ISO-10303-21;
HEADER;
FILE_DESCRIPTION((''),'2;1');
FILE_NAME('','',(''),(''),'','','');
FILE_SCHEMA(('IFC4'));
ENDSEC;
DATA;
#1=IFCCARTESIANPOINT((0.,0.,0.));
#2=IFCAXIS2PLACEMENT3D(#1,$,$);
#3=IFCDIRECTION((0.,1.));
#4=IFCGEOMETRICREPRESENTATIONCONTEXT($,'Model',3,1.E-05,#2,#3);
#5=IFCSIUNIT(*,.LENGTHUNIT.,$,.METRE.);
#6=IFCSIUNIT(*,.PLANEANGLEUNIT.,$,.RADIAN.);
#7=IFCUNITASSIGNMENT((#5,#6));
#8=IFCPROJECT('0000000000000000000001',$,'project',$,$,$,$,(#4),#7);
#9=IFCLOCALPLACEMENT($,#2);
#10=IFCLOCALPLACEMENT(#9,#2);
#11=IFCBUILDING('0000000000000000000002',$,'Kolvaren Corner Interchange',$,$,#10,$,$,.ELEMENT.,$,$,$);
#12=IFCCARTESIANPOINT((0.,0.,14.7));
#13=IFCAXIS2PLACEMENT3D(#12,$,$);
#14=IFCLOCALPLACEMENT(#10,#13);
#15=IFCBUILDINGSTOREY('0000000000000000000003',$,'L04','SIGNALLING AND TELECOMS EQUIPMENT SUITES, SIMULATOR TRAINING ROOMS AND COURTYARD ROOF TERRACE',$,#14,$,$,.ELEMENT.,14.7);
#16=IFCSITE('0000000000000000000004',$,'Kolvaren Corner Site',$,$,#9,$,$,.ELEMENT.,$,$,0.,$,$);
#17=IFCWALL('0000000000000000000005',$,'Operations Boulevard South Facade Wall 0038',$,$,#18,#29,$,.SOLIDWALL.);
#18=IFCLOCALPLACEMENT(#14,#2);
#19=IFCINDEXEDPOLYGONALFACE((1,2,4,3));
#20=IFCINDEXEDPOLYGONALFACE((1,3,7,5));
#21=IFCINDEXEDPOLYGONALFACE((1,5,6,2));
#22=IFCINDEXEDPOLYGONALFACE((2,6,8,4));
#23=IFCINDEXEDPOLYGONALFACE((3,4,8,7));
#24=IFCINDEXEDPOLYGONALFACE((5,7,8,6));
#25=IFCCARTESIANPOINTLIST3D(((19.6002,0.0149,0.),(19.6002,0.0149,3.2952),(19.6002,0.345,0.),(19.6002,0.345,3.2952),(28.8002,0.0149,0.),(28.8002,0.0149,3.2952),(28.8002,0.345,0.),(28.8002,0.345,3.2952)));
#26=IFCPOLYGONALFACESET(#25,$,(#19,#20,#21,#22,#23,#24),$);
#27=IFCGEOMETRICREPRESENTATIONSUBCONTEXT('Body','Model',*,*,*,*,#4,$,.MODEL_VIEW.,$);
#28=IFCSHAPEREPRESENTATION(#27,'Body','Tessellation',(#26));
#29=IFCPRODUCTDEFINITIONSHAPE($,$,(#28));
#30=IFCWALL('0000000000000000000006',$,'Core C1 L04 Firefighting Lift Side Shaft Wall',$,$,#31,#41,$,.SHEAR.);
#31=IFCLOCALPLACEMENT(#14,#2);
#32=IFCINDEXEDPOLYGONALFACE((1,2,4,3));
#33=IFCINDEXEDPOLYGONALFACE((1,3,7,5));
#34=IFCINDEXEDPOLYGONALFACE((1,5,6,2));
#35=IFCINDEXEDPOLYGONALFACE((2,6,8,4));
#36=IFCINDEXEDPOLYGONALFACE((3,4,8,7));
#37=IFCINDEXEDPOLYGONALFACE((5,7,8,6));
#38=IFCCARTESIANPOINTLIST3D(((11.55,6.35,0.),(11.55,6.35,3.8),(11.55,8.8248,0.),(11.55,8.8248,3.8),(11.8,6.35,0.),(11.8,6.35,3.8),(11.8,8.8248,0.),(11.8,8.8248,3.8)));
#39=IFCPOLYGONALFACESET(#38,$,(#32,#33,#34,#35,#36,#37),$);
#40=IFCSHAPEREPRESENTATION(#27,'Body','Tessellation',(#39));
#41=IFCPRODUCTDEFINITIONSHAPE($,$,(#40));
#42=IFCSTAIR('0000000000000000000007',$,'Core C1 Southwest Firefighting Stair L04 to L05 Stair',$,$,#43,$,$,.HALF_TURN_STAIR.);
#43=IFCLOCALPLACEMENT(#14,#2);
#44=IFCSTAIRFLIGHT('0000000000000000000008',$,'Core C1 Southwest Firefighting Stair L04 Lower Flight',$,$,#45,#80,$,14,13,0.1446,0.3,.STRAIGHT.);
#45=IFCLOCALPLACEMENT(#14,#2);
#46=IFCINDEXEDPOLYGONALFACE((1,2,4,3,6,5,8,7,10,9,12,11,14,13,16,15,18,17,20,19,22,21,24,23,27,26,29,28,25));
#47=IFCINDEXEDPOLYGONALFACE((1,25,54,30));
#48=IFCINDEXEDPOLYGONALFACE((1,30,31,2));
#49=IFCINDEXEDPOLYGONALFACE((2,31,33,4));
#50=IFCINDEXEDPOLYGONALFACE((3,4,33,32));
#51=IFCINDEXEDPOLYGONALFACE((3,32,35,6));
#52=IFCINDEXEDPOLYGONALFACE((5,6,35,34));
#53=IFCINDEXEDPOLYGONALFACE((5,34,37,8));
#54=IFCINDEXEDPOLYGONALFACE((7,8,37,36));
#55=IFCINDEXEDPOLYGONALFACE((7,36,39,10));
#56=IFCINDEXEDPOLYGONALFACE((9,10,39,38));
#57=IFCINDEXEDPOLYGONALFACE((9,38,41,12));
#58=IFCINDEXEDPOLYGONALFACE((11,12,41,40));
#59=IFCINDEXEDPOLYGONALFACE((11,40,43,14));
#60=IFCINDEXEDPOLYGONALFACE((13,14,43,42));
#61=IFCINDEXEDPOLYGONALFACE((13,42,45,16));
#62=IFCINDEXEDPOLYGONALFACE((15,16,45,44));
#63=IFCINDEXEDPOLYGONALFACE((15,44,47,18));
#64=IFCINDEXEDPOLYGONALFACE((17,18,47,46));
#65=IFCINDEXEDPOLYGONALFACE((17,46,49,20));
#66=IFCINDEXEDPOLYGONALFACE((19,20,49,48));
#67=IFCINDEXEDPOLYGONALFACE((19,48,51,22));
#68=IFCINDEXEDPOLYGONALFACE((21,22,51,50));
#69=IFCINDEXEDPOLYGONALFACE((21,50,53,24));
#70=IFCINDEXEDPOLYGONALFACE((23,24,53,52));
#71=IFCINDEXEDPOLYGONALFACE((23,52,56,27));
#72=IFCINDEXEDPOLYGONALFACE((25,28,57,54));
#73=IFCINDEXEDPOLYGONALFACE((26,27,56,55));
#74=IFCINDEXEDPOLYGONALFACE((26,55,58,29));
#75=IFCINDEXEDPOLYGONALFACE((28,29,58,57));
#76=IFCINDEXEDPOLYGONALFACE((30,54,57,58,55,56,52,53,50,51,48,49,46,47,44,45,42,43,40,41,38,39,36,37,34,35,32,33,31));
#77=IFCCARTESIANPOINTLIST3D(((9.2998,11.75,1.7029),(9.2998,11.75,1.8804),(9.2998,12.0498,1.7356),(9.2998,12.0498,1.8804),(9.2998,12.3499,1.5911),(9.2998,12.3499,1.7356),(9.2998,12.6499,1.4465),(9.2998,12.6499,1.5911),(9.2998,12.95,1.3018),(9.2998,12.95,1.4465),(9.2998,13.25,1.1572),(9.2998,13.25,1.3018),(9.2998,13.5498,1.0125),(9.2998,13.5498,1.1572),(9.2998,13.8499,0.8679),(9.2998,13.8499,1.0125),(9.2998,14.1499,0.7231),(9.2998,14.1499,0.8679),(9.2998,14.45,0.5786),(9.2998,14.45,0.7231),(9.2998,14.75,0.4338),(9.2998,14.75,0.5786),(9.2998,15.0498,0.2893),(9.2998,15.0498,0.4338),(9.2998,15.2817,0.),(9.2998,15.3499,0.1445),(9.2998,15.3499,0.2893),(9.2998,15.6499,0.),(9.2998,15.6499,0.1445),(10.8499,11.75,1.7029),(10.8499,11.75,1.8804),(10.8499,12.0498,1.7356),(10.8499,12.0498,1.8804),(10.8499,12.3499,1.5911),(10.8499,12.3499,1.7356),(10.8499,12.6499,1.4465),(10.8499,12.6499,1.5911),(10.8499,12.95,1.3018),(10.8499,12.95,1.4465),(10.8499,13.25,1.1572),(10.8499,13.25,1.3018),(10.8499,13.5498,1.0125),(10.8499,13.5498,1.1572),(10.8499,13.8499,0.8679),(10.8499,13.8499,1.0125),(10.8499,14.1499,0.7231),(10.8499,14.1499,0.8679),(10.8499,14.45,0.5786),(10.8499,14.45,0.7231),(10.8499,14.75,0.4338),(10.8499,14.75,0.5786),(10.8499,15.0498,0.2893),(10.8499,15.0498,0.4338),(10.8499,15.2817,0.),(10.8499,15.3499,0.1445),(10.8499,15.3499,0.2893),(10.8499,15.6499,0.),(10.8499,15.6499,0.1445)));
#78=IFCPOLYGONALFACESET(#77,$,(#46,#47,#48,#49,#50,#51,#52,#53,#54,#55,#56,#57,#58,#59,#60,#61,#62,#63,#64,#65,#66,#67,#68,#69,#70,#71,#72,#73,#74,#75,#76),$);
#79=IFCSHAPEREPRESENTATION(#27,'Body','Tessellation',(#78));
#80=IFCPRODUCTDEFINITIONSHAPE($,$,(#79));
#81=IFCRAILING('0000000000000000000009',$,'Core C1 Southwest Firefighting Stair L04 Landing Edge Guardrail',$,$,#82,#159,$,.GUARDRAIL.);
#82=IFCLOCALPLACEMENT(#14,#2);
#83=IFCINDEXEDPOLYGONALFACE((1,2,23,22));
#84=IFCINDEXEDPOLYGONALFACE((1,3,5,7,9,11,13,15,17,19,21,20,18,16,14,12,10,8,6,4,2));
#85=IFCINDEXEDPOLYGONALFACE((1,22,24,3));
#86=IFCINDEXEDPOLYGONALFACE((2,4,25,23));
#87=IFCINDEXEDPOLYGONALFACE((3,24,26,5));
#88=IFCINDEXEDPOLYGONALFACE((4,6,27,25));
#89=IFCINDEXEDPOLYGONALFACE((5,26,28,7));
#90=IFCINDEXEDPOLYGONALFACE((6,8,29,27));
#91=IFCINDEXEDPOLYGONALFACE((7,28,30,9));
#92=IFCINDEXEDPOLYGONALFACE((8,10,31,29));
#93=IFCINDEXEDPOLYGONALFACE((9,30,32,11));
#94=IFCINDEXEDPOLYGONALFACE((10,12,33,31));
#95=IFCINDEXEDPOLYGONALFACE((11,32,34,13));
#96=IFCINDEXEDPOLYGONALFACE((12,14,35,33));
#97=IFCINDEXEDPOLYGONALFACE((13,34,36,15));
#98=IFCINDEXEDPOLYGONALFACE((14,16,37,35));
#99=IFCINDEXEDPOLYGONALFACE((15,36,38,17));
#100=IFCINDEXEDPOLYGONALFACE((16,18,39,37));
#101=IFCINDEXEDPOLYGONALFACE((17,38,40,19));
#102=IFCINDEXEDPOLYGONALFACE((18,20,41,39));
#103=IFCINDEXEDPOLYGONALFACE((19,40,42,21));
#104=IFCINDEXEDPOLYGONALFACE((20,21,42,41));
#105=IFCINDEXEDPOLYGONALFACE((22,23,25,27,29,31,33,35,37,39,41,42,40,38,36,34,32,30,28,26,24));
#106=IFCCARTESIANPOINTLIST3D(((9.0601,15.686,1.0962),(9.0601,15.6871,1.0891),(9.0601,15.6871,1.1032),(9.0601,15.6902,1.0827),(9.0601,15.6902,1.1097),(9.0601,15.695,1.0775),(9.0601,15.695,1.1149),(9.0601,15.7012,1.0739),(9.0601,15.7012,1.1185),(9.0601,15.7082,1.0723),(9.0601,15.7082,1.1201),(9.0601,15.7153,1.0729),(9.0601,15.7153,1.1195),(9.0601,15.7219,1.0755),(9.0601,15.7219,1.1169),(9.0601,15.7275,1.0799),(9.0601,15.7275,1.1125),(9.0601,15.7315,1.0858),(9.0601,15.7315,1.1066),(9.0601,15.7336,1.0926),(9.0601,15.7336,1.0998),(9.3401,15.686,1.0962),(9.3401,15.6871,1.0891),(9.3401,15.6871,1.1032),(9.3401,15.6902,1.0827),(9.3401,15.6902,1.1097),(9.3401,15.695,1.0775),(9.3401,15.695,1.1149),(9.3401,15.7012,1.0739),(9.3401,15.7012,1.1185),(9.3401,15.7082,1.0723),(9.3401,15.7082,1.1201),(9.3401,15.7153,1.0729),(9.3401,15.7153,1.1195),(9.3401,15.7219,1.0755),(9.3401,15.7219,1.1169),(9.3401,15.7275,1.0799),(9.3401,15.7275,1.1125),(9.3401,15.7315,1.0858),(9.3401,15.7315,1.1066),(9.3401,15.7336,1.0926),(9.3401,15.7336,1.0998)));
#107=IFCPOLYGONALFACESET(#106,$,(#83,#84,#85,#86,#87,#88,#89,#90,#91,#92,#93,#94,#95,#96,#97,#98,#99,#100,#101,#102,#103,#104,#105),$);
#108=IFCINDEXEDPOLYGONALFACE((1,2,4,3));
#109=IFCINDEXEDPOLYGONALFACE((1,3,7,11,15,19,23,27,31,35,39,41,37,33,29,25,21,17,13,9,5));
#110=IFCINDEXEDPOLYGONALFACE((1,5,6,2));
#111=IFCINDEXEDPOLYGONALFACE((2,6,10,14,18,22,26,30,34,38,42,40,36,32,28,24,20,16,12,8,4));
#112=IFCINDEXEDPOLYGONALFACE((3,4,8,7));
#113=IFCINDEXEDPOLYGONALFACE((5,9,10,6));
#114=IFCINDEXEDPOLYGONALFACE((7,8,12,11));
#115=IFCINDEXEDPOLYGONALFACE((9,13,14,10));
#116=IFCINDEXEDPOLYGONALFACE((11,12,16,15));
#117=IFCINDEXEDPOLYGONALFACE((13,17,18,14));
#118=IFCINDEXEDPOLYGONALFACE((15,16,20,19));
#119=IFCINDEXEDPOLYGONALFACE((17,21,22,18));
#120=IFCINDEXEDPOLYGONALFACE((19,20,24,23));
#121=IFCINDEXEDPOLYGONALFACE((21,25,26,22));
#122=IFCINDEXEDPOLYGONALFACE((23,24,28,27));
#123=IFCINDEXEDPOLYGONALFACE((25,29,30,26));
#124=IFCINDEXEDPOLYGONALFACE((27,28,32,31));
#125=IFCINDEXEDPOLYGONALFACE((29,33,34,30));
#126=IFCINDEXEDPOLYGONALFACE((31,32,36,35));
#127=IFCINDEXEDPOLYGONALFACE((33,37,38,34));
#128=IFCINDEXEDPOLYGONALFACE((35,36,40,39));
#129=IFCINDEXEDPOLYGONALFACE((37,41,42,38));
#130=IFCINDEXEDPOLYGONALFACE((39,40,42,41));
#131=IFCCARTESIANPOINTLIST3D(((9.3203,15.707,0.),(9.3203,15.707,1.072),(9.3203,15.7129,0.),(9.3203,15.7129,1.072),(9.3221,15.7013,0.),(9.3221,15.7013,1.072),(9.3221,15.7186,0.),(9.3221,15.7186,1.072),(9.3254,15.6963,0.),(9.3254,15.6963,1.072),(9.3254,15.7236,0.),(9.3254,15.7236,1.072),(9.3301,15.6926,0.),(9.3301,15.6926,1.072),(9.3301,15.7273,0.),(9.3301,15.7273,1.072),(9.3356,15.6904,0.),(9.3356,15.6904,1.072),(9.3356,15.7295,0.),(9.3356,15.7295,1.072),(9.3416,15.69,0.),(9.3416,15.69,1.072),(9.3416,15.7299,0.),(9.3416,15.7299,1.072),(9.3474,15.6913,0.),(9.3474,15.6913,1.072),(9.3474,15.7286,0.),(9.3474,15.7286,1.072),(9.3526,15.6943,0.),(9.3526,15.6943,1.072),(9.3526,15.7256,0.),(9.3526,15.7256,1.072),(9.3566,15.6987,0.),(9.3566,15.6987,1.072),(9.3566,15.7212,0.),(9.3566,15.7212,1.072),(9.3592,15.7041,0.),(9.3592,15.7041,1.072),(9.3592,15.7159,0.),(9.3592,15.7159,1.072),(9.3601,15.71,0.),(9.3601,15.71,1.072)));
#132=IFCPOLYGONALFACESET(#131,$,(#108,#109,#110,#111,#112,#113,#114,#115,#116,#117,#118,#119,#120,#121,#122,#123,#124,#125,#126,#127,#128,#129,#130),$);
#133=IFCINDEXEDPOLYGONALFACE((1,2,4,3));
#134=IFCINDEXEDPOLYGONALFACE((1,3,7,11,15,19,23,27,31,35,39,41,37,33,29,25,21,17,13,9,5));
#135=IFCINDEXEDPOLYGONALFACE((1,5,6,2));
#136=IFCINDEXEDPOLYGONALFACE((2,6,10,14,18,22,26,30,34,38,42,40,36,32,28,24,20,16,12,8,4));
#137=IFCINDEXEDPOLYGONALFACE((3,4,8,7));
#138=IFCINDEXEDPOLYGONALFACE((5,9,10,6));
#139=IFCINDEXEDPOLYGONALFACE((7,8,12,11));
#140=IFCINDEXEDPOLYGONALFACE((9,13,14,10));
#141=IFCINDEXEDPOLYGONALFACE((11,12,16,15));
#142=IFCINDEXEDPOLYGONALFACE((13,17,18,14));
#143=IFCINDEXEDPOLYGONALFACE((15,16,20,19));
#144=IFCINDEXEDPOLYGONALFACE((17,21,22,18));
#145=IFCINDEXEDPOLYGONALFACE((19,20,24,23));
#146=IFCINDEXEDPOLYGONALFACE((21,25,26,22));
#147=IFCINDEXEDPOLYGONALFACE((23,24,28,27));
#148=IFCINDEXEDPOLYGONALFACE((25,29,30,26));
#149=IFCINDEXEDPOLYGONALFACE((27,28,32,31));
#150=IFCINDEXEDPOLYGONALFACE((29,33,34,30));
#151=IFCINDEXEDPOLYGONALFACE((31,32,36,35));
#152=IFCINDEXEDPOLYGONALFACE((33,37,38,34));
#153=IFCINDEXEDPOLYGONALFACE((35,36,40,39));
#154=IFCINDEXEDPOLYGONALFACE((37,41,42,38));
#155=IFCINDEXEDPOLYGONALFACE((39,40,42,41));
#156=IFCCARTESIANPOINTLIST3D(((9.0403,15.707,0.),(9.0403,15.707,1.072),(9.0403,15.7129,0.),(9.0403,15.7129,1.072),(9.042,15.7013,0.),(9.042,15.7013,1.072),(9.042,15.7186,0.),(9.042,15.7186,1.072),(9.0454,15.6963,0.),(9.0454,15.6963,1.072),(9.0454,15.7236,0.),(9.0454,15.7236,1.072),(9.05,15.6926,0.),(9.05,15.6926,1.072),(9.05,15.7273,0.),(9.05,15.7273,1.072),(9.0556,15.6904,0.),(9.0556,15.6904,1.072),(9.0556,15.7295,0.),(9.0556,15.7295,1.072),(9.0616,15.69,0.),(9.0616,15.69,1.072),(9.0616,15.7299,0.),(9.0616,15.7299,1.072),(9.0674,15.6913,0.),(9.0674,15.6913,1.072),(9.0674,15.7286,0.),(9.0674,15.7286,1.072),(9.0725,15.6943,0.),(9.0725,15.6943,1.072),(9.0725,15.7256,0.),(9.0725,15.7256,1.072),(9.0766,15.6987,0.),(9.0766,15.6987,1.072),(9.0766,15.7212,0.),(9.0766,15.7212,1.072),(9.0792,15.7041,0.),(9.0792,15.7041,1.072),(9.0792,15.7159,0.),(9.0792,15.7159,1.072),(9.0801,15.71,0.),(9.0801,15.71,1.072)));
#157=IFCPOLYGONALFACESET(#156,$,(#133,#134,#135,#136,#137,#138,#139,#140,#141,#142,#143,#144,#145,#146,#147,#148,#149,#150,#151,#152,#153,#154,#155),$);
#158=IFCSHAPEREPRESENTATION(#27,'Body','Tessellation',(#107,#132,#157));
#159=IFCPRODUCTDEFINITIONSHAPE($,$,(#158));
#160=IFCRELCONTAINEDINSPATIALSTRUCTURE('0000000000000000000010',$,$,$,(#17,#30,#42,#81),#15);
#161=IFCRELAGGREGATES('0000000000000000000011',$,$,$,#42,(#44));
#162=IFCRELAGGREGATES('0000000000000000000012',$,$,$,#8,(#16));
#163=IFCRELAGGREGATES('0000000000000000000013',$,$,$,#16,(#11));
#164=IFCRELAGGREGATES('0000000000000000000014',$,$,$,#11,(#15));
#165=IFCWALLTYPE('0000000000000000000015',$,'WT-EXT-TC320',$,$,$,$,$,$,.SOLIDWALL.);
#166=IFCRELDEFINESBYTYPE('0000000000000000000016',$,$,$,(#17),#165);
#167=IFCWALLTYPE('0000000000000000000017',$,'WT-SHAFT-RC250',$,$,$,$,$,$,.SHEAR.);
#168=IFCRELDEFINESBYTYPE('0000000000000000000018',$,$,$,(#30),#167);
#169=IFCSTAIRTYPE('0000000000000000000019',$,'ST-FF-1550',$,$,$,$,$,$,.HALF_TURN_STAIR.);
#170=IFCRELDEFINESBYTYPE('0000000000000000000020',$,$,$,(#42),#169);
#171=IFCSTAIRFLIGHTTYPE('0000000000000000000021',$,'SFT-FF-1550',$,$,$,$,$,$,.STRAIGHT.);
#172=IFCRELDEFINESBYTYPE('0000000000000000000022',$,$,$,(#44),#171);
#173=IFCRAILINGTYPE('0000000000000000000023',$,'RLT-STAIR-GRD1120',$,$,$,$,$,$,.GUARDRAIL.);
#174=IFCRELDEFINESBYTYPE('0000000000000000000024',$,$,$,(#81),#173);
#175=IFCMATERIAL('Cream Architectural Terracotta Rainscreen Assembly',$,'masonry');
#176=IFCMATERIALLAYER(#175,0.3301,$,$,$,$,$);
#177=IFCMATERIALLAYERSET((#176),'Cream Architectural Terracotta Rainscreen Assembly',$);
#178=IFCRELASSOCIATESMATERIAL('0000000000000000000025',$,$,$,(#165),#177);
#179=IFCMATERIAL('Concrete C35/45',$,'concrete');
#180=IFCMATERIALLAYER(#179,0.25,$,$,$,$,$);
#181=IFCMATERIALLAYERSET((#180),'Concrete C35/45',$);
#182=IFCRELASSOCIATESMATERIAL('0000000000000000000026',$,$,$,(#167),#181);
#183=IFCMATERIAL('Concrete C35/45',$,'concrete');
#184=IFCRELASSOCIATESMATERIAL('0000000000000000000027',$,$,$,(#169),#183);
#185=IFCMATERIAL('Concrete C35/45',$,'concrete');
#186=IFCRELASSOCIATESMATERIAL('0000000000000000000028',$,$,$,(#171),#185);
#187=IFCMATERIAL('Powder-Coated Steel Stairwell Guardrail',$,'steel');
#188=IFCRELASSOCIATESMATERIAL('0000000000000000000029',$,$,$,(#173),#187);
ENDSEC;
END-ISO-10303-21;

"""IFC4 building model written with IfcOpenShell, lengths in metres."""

from ifc_helpers import new_model, si_unit, direction, frame, frame_2d, origin, origin_2d, place, context, subcontext, project, spatial, polyline, rectangle, circle, outline, extrude, material, layer, layer_set, type_object, element, aggregate, save


model = new_model("IFC4")

# Units and contexts
model_context = context("Model", 3, precision=1e-05, world=origin(), true_north=direction((0.0, 1.0)))
body_context = subcontext(model_context, "Body", "Model", "MODEL_VIEW")
ifc_project = project(units=[si_unit("LENGTHUNIT", "METRE"), si_unit("PLANEANGLEUNIT", "RADIAN")], contexts=[model_context])

# Site, building, storey
site_placement = place(None, origin())
site = spatial("IfcSite", under=ifc_project, at=site_placement, Name="Kolvaren Corner Site", CompositionType="ELEMENT", RefElevation=0.0)
building_placement = place(site_placement, origin())
building = spatial("IfcBuilding", under=site, at=building_placement, Name="Kolvaren Corner Interchange", CompositionType="ELEMENT")
storey_placement = place(building_placement, frame((0.0, 0.0, 14.7)))
storey = spatial("IfcBuildingStorey", under=building, at=storey_placement, Name="L04", Description="SIGNALLING AND TELECOMS EQUIPMENT SUITES, SIMULATOR TRAINING ROOMS AND COURTYARD ROOF TERRACE", CompositionType="ELEMENT", Elevation=14.7)

# Wall
ifc_material_1 = material(Name="Cream Architectural Terracotta Rainscreen Assembly", Category="masonry")
ifc_layer_1 = layer(ifc_material_1, 0.3301)
ifc_layer_set_1 = layer_set([ifc_layer_1], Name="Cream Architectural Terracotta Rainscreen Assembly")
wall_type_1 = type_object("IfcWallType", Name="WT-EXT-TC320", PredefinedType="SOLIDWALL", material=ifc_layer_set_1)
wall_1_placement = place(storey_placement, frame((19.6001, 0.1799, 0.0), z_axis=(0.0, 0.0, 1.0), x_axis=(1.0, 0.0, 0.0)))
element("IfcWall", 1, at=wall_1_placement, inside=storey, type_object=wall_type_1, Name="Operations Boulevard South Facade Wall 0038", PredefinedType="SOLIDWALL", context=body_context, shape_type="SweptSolid", body=[
    extrude(rectangle(XDim=9.2, YDim=0.3301, at=frame_2d((4.6001, 0.0))), origin(), (0.0, 0.0, 1.0), 3.2952),
])

# Shared definitions
ifc_material_2 = material(Name="Concrete C35/45", Category="concrete")
ifc_layer_2 = layer(ifc_material_2, 0.25)
ifc_layer_set_2 = layer_set([ifc_layer_2], Name="Concrete C35/45")
wall_type_2 = type_object("IfcWallType", Name="WT-SHAFT-RC250", PredefinedType="SHEAR", material=ifc_layer_set_2)

# Wall
wall_2_placement = place(storey_placement, frame((11.675, 6.3501, 0.0), z_axis=(0.0, 0.0, 1.0), x_axis=(0.0, 1.0, 0.0)))
element("IfcWall", 2, at=wall_2_placement, inside=storey, type_object=wall_type_2, Name="Core C1 L04 Firefighting Lift Side Shaft Wall", PredefinedType="SHEAR", context=body_context, shape_type="SweptSolid", body=[
    extrude(rectangle(XDim=2.4749, YDim=0.25, at=frame_2d((1.2373, 0.0))), origin(), (0.0, 0.0, 1.0), 3.8),
])

# Stair, stair flight
ifc_material_3 = material(Name="Concrete C35/45", Category="concrete")
stair_type = type_object("IfcStairType", Name="ST-FF-1550", PredefinedType="HALF_TURN_STAIR", material=ifc_material_3)
stair_placement = place(storey_placement, origin())
stair = element("IfcStair", 3, at=stair_placement, inside=storey, type_object=stair_type, Name="Core C1 Southwest Firefighting Stair L04 to L05 Stair", PredefinedType="HALF_TURN_STAIR")
ifc_material_4 = material(Name="Concrete C35/45", Category="concrete")
stair_flight_type = type_object("IfcStairFlightType", Name="SFT-FF-1550", PredefinedType="STRAIGHT", material=ifc_material_4)
stair_flight_placement = place(storey_placement, frame((10.075, 15.6499, 0.0), z_axis=(0.0, 0.0, 1.0), x_axis=(0.0, -1.0, 0.0)))
stair_flight = element("IfcStairFlight", 4, at=stair_flight_placement, type_object=stair_flight_type, Name="Core C1 Southwest Firefighting Stair L04 Lower Flight", NumberOfRisers=14, NumberOfTreads=13, PredefinedType="STRAIGHT", RiserHeight=0.1446, TreadLength=0.3, context=body_context, shape_type="SweptSolid", body=[
    extrude(outline(polyline([(0.0, 0.0), (0.0, 0.1445), (0.3, 0.1445), (0.3, 0.2893), (0.6001, 0.2893), (0.6001, 0.4338), (0.8999, 0.4338), (0.8999, 0.5786), (1.2, 0.5786), (1.2, 0.7231), (1.5, 0.7231), (1.5, 0.8679), (1.8, 0.8679), (1.8, 1.0125), (2.1001, 1.0125), (2.1001, 1.1572), (2.3999, 1.1572), (2.3999, 1.3018), (2.7, 1.3018), (2.7, 1.4465), (3.0, 1.4465), (3.0, 1.5911), (3.3, 1.5911), (3.3, 1.7356), (3.6001, 1.7356), (3.6001, 1.8804), (3.8999, 1.8804), (3.8999, 2.0249), (3.8999, 1.7029), (0.3682, 0.0), (0.0, 0.0)])), frame((0.0, 0.7749, 0.0), z_axis=(0.0, -1.0, 0.0), x_axis=(1.0, 0.0, 0.0)), (0.0, 0.0, 1.0), 1.55),
])

# Railing
ifc_material_5 = material(Name="Powder-Coated Steel Stairwell Guardrail", Category="steel")
railing_type_1 = type_object("IfcRailingType", Name="RLT-STAIR-GRD1120", PredefinedType="GUARDRAIL", material=ifc_material_5)
railing_1_placement = place(storey_placement, frame((9.3401, 15.71, 0.0)))
element("IfcRailing", 5, at=railing_1_placement, inside=storey, type_object=railing_type_1, Name="Core C1 Southwest Firefighting Stair L04 Landing Edge Guardrail", PredefinedType="GUARDRAIL", context=body_context, shape_type="SweptSolid", body=[
    extrude(circle(Radius=0.0239, at=origin_2d()), frame((0.0, 0.0, 1.0962), z_axis=(-1.0, 0.0, 0.0), x_axis=(0.0, -1.0, 0.0)), (0.0, 0.0, 1.0), 0.28),
    extrude(circle(Radius=0.02, at=origin_2d()), origin(), (0.0, 0.0, 1.0), 1.072),
    extrude(circle(Radius=0.02, at=origin_2d()), frame((-0.28, 0.0, 0.0)), (0.0, 0.0, 1.0), 1.072),
])
aggregate(stair, [stair_flight])

save(model, "model.ifc")
